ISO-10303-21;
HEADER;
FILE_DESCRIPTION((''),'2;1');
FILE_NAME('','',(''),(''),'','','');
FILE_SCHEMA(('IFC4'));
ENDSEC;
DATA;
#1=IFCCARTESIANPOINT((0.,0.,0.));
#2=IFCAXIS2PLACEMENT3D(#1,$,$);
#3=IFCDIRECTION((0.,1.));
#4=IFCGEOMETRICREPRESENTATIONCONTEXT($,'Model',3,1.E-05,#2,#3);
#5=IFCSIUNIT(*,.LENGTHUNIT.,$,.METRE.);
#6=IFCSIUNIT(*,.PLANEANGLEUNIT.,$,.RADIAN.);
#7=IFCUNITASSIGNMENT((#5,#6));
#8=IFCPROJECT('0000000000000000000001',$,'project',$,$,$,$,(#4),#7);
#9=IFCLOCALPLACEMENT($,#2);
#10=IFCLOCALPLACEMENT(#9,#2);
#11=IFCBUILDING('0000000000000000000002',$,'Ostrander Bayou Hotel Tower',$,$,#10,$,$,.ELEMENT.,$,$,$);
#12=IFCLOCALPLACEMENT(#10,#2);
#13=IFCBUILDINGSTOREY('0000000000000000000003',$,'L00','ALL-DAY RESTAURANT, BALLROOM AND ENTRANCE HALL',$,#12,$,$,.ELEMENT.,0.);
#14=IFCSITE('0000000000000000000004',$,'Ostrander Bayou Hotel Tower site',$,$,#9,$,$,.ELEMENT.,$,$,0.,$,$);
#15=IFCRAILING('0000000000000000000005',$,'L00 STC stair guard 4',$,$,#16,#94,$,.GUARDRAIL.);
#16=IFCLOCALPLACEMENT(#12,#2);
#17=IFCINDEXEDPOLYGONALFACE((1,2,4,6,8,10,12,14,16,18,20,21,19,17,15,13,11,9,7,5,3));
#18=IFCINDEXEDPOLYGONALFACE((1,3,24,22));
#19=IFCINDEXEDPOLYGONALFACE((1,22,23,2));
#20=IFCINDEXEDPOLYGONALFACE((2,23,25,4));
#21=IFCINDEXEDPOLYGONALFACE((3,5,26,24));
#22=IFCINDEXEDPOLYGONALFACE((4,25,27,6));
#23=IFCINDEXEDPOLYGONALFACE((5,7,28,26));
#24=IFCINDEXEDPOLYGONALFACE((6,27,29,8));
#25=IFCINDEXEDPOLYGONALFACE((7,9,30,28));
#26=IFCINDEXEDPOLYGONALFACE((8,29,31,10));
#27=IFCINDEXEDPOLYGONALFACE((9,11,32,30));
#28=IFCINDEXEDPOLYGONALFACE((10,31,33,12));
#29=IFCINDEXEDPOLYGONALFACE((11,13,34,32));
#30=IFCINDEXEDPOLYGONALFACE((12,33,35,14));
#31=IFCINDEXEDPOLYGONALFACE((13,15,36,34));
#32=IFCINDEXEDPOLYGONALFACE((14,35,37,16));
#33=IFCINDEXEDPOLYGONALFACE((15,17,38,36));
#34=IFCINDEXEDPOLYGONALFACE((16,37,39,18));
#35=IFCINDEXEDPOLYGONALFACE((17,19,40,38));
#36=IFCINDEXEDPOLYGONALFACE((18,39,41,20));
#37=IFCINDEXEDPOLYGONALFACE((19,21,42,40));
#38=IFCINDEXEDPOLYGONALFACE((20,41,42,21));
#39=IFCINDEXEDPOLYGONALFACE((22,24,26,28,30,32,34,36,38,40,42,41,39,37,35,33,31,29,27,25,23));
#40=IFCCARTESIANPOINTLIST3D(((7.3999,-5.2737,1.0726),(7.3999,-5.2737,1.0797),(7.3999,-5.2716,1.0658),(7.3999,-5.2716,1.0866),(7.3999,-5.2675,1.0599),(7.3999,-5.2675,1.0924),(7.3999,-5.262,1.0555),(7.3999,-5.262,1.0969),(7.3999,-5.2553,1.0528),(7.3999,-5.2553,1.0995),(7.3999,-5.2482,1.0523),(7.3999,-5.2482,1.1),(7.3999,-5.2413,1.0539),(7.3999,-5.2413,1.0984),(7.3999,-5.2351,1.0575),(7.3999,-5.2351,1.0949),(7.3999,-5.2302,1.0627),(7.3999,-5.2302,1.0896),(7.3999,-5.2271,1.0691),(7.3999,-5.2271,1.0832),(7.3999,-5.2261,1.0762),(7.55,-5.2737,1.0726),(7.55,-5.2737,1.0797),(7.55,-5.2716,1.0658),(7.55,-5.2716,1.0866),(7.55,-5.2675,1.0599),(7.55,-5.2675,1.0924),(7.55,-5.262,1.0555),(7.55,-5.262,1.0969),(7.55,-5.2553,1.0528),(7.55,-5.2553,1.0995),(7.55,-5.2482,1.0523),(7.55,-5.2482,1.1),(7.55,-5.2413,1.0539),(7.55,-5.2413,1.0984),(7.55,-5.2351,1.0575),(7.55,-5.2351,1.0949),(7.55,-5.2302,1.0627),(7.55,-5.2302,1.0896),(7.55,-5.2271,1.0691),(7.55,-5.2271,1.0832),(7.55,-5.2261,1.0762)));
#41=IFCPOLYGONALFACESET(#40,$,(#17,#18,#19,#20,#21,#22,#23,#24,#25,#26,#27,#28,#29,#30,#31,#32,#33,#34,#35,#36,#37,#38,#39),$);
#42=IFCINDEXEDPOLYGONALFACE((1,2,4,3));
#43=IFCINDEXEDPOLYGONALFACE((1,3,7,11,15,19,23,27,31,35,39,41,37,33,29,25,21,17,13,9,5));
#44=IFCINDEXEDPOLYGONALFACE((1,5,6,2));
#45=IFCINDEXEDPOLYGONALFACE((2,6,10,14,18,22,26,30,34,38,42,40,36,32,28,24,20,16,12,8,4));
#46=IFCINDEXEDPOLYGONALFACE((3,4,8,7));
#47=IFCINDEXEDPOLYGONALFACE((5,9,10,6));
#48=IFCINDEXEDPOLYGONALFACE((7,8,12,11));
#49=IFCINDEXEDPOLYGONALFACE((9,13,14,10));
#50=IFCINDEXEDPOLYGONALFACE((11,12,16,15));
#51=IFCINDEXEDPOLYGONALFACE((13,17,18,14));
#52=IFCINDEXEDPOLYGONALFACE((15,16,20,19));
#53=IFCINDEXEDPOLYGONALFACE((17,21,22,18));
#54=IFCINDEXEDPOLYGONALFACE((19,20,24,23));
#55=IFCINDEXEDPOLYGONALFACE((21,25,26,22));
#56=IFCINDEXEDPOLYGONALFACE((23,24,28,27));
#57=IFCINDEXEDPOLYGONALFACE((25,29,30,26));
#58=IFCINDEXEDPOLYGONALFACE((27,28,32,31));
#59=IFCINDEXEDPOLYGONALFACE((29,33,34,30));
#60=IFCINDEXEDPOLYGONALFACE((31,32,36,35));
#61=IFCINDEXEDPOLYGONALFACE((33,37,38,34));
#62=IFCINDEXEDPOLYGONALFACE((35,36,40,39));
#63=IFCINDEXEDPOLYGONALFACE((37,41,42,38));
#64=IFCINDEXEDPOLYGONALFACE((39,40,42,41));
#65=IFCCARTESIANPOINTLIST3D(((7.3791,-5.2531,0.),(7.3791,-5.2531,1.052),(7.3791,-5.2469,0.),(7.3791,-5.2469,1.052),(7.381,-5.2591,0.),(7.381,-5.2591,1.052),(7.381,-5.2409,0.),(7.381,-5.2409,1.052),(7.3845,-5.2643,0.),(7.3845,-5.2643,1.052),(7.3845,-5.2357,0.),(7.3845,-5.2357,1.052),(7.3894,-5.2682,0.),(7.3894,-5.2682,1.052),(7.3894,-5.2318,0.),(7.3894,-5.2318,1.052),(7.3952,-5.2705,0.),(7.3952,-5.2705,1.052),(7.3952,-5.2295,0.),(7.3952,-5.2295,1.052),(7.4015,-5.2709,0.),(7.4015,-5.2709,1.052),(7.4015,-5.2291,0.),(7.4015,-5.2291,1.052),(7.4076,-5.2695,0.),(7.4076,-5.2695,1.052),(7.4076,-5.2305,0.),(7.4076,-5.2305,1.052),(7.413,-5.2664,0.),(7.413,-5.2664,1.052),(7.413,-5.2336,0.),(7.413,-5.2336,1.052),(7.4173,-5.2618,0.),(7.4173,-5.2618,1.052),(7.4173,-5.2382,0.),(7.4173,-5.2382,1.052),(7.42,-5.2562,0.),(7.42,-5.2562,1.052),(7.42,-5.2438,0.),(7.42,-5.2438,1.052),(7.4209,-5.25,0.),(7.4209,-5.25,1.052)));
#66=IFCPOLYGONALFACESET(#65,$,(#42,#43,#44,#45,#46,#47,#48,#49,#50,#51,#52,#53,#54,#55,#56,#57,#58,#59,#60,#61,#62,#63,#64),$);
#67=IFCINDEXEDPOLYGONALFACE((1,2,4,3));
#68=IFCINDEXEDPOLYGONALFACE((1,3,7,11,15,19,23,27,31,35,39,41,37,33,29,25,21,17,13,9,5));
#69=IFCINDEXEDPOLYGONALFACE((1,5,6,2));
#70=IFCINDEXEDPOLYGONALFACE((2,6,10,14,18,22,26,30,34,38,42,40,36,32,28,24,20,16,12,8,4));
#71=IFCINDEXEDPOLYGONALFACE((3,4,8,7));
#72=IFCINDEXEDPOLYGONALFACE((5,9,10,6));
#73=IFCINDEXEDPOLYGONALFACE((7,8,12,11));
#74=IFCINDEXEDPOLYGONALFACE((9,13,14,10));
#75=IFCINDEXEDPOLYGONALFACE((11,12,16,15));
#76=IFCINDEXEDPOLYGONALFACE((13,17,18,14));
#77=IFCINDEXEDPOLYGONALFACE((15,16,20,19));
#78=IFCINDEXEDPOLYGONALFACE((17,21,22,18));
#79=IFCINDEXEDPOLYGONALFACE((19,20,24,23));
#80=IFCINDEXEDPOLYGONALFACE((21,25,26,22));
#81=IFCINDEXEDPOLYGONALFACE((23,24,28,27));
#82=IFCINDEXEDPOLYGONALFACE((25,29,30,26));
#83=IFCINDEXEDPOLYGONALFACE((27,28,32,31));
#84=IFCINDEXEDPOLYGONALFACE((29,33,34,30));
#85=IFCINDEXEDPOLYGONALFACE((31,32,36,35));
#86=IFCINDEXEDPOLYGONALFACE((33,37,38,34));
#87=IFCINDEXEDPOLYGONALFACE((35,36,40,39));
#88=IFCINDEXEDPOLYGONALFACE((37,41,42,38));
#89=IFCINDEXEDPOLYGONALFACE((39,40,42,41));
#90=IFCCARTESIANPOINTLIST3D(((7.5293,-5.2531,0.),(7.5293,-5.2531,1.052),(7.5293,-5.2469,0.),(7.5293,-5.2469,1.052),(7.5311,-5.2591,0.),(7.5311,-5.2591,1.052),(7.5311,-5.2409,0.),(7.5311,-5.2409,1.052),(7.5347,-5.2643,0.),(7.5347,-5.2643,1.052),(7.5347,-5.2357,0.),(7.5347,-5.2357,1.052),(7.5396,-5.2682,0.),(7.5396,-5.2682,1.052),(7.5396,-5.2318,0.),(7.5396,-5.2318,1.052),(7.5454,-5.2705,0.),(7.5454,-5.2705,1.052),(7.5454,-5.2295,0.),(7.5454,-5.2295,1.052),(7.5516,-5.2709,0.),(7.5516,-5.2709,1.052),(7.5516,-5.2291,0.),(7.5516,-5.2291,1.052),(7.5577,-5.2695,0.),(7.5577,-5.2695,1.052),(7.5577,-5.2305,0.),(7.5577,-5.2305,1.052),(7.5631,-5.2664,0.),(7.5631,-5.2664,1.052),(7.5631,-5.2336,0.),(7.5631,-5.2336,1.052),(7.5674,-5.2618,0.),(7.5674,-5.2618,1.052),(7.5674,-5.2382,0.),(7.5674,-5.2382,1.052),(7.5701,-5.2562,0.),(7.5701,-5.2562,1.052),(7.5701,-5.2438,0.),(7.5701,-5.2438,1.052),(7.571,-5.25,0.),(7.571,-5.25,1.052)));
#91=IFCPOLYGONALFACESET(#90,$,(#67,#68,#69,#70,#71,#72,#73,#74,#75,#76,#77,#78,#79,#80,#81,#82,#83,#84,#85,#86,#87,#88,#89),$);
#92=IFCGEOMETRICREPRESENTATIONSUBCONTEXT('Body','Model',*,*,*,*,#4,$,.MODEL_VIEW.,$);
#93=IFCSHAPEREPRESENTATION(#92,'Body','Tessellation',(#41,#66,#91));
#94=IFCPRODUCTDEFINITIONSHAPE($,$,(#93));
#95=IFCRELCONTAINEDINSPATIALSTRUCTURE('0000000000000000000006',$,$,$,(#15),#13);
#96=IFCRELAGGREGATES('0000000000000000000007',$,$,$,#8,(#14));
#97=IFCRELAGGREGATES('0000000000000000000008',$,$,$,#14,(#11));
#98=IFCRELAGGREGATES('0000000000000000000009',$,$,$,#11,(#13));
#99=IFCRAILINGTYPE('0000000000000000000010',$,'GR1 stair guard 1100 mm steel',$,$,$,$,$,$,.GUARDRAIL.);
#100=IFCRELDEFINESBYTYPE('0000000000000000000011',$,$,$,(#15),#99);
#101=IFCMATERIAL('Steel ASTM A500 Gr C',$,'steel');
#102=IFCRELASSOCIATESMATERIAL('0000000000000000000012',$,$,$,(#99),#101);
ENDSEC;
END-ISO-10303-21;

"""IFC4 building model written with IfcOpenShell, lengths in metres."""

from ifc_helpers import new_model, si_unit, direction, frame, origin, origin_2d, place, context, subcontext, project, spatial, circle, extrude, material, type_object, element, save


model = new_model("IFC4")

# Units and contexts
model_context = context("Model", 3, precision=1e-05, world=origin(), true_north=direction((0.0, 1.0)))
body_context = subcontext(model_context, "Body", "Model", "MODEL_VIEW")
ifc_project = project(units=[si_unit("LENGTHUNIT", "METRE"), si_unit("PLANEANGLEUNIT", "RADIAN")], contexts=[model_context])

# Site, building, storey
site_placement = place(None, origin())
site = spatial("IfcSite", under=ifc_project, at=site_placement, Name="Ostrander Bayou Hotel Tower site", CompositionType="ELEMENT", RefElevation=0.0)
building_placement = place(site_placement, origin())
building = spatial("IfcBuilding", under=site, at=building_placement, Name="Ostrander Bayou Hotel Tower", CompositionType="ELEMENT")
storey_placement = place(building_placement, origin())
storey = spatial("IfcBuildingStorey", under=building, at=storey_placement, Name="L00", Description="ALL-DAY RESTAURANT, BALLROOM AND ENTRANCE HALL", CompositionType="ELEMENT", Elevation=0.0)

# Railing
ifc_material_1 = material(Name="Steel ASTM A500 Gr C", Category="steel")
railing_type_1 = type_object("IfcRailingType", Name="GR1 stair guard 1100 mm steel", PredefinedType="GUARDRAIL", material=ifc_material_1)
railing_1_placement = place(storey_placement, frame((7.3999, -5.25, 0.0)))
element("IfcRailing", 1, at=railing_1_placement, inside=storey, type_object=railing_type_1, Name="L00 STC stair guard 4", PredefinedType="GUARDRAIL", context=body_context, shape_type="SweptSolid", body=[
    extrude(circle(Radius=0.0239, at=origin_2d()), frame((0.0, 0.0, 1.0762), z_axis=(1.0, 0.0, 0.0), x_axis=(0.0, 1.0, 0.0)), (0.0, 0.0, 1.0), 0.1501),
    extrude(circle(Radius=0.021, at=origin_2d()), origin(), (0.0, 0.0, 1.0), 1.052),
    extrude(circle(Radius=0.021, at=origin_2d()), frame((0.1501, 0.0, 0.0)), (0.0, 0.0, 1.0), 1.052),
])

save(model, "model.ifc")
